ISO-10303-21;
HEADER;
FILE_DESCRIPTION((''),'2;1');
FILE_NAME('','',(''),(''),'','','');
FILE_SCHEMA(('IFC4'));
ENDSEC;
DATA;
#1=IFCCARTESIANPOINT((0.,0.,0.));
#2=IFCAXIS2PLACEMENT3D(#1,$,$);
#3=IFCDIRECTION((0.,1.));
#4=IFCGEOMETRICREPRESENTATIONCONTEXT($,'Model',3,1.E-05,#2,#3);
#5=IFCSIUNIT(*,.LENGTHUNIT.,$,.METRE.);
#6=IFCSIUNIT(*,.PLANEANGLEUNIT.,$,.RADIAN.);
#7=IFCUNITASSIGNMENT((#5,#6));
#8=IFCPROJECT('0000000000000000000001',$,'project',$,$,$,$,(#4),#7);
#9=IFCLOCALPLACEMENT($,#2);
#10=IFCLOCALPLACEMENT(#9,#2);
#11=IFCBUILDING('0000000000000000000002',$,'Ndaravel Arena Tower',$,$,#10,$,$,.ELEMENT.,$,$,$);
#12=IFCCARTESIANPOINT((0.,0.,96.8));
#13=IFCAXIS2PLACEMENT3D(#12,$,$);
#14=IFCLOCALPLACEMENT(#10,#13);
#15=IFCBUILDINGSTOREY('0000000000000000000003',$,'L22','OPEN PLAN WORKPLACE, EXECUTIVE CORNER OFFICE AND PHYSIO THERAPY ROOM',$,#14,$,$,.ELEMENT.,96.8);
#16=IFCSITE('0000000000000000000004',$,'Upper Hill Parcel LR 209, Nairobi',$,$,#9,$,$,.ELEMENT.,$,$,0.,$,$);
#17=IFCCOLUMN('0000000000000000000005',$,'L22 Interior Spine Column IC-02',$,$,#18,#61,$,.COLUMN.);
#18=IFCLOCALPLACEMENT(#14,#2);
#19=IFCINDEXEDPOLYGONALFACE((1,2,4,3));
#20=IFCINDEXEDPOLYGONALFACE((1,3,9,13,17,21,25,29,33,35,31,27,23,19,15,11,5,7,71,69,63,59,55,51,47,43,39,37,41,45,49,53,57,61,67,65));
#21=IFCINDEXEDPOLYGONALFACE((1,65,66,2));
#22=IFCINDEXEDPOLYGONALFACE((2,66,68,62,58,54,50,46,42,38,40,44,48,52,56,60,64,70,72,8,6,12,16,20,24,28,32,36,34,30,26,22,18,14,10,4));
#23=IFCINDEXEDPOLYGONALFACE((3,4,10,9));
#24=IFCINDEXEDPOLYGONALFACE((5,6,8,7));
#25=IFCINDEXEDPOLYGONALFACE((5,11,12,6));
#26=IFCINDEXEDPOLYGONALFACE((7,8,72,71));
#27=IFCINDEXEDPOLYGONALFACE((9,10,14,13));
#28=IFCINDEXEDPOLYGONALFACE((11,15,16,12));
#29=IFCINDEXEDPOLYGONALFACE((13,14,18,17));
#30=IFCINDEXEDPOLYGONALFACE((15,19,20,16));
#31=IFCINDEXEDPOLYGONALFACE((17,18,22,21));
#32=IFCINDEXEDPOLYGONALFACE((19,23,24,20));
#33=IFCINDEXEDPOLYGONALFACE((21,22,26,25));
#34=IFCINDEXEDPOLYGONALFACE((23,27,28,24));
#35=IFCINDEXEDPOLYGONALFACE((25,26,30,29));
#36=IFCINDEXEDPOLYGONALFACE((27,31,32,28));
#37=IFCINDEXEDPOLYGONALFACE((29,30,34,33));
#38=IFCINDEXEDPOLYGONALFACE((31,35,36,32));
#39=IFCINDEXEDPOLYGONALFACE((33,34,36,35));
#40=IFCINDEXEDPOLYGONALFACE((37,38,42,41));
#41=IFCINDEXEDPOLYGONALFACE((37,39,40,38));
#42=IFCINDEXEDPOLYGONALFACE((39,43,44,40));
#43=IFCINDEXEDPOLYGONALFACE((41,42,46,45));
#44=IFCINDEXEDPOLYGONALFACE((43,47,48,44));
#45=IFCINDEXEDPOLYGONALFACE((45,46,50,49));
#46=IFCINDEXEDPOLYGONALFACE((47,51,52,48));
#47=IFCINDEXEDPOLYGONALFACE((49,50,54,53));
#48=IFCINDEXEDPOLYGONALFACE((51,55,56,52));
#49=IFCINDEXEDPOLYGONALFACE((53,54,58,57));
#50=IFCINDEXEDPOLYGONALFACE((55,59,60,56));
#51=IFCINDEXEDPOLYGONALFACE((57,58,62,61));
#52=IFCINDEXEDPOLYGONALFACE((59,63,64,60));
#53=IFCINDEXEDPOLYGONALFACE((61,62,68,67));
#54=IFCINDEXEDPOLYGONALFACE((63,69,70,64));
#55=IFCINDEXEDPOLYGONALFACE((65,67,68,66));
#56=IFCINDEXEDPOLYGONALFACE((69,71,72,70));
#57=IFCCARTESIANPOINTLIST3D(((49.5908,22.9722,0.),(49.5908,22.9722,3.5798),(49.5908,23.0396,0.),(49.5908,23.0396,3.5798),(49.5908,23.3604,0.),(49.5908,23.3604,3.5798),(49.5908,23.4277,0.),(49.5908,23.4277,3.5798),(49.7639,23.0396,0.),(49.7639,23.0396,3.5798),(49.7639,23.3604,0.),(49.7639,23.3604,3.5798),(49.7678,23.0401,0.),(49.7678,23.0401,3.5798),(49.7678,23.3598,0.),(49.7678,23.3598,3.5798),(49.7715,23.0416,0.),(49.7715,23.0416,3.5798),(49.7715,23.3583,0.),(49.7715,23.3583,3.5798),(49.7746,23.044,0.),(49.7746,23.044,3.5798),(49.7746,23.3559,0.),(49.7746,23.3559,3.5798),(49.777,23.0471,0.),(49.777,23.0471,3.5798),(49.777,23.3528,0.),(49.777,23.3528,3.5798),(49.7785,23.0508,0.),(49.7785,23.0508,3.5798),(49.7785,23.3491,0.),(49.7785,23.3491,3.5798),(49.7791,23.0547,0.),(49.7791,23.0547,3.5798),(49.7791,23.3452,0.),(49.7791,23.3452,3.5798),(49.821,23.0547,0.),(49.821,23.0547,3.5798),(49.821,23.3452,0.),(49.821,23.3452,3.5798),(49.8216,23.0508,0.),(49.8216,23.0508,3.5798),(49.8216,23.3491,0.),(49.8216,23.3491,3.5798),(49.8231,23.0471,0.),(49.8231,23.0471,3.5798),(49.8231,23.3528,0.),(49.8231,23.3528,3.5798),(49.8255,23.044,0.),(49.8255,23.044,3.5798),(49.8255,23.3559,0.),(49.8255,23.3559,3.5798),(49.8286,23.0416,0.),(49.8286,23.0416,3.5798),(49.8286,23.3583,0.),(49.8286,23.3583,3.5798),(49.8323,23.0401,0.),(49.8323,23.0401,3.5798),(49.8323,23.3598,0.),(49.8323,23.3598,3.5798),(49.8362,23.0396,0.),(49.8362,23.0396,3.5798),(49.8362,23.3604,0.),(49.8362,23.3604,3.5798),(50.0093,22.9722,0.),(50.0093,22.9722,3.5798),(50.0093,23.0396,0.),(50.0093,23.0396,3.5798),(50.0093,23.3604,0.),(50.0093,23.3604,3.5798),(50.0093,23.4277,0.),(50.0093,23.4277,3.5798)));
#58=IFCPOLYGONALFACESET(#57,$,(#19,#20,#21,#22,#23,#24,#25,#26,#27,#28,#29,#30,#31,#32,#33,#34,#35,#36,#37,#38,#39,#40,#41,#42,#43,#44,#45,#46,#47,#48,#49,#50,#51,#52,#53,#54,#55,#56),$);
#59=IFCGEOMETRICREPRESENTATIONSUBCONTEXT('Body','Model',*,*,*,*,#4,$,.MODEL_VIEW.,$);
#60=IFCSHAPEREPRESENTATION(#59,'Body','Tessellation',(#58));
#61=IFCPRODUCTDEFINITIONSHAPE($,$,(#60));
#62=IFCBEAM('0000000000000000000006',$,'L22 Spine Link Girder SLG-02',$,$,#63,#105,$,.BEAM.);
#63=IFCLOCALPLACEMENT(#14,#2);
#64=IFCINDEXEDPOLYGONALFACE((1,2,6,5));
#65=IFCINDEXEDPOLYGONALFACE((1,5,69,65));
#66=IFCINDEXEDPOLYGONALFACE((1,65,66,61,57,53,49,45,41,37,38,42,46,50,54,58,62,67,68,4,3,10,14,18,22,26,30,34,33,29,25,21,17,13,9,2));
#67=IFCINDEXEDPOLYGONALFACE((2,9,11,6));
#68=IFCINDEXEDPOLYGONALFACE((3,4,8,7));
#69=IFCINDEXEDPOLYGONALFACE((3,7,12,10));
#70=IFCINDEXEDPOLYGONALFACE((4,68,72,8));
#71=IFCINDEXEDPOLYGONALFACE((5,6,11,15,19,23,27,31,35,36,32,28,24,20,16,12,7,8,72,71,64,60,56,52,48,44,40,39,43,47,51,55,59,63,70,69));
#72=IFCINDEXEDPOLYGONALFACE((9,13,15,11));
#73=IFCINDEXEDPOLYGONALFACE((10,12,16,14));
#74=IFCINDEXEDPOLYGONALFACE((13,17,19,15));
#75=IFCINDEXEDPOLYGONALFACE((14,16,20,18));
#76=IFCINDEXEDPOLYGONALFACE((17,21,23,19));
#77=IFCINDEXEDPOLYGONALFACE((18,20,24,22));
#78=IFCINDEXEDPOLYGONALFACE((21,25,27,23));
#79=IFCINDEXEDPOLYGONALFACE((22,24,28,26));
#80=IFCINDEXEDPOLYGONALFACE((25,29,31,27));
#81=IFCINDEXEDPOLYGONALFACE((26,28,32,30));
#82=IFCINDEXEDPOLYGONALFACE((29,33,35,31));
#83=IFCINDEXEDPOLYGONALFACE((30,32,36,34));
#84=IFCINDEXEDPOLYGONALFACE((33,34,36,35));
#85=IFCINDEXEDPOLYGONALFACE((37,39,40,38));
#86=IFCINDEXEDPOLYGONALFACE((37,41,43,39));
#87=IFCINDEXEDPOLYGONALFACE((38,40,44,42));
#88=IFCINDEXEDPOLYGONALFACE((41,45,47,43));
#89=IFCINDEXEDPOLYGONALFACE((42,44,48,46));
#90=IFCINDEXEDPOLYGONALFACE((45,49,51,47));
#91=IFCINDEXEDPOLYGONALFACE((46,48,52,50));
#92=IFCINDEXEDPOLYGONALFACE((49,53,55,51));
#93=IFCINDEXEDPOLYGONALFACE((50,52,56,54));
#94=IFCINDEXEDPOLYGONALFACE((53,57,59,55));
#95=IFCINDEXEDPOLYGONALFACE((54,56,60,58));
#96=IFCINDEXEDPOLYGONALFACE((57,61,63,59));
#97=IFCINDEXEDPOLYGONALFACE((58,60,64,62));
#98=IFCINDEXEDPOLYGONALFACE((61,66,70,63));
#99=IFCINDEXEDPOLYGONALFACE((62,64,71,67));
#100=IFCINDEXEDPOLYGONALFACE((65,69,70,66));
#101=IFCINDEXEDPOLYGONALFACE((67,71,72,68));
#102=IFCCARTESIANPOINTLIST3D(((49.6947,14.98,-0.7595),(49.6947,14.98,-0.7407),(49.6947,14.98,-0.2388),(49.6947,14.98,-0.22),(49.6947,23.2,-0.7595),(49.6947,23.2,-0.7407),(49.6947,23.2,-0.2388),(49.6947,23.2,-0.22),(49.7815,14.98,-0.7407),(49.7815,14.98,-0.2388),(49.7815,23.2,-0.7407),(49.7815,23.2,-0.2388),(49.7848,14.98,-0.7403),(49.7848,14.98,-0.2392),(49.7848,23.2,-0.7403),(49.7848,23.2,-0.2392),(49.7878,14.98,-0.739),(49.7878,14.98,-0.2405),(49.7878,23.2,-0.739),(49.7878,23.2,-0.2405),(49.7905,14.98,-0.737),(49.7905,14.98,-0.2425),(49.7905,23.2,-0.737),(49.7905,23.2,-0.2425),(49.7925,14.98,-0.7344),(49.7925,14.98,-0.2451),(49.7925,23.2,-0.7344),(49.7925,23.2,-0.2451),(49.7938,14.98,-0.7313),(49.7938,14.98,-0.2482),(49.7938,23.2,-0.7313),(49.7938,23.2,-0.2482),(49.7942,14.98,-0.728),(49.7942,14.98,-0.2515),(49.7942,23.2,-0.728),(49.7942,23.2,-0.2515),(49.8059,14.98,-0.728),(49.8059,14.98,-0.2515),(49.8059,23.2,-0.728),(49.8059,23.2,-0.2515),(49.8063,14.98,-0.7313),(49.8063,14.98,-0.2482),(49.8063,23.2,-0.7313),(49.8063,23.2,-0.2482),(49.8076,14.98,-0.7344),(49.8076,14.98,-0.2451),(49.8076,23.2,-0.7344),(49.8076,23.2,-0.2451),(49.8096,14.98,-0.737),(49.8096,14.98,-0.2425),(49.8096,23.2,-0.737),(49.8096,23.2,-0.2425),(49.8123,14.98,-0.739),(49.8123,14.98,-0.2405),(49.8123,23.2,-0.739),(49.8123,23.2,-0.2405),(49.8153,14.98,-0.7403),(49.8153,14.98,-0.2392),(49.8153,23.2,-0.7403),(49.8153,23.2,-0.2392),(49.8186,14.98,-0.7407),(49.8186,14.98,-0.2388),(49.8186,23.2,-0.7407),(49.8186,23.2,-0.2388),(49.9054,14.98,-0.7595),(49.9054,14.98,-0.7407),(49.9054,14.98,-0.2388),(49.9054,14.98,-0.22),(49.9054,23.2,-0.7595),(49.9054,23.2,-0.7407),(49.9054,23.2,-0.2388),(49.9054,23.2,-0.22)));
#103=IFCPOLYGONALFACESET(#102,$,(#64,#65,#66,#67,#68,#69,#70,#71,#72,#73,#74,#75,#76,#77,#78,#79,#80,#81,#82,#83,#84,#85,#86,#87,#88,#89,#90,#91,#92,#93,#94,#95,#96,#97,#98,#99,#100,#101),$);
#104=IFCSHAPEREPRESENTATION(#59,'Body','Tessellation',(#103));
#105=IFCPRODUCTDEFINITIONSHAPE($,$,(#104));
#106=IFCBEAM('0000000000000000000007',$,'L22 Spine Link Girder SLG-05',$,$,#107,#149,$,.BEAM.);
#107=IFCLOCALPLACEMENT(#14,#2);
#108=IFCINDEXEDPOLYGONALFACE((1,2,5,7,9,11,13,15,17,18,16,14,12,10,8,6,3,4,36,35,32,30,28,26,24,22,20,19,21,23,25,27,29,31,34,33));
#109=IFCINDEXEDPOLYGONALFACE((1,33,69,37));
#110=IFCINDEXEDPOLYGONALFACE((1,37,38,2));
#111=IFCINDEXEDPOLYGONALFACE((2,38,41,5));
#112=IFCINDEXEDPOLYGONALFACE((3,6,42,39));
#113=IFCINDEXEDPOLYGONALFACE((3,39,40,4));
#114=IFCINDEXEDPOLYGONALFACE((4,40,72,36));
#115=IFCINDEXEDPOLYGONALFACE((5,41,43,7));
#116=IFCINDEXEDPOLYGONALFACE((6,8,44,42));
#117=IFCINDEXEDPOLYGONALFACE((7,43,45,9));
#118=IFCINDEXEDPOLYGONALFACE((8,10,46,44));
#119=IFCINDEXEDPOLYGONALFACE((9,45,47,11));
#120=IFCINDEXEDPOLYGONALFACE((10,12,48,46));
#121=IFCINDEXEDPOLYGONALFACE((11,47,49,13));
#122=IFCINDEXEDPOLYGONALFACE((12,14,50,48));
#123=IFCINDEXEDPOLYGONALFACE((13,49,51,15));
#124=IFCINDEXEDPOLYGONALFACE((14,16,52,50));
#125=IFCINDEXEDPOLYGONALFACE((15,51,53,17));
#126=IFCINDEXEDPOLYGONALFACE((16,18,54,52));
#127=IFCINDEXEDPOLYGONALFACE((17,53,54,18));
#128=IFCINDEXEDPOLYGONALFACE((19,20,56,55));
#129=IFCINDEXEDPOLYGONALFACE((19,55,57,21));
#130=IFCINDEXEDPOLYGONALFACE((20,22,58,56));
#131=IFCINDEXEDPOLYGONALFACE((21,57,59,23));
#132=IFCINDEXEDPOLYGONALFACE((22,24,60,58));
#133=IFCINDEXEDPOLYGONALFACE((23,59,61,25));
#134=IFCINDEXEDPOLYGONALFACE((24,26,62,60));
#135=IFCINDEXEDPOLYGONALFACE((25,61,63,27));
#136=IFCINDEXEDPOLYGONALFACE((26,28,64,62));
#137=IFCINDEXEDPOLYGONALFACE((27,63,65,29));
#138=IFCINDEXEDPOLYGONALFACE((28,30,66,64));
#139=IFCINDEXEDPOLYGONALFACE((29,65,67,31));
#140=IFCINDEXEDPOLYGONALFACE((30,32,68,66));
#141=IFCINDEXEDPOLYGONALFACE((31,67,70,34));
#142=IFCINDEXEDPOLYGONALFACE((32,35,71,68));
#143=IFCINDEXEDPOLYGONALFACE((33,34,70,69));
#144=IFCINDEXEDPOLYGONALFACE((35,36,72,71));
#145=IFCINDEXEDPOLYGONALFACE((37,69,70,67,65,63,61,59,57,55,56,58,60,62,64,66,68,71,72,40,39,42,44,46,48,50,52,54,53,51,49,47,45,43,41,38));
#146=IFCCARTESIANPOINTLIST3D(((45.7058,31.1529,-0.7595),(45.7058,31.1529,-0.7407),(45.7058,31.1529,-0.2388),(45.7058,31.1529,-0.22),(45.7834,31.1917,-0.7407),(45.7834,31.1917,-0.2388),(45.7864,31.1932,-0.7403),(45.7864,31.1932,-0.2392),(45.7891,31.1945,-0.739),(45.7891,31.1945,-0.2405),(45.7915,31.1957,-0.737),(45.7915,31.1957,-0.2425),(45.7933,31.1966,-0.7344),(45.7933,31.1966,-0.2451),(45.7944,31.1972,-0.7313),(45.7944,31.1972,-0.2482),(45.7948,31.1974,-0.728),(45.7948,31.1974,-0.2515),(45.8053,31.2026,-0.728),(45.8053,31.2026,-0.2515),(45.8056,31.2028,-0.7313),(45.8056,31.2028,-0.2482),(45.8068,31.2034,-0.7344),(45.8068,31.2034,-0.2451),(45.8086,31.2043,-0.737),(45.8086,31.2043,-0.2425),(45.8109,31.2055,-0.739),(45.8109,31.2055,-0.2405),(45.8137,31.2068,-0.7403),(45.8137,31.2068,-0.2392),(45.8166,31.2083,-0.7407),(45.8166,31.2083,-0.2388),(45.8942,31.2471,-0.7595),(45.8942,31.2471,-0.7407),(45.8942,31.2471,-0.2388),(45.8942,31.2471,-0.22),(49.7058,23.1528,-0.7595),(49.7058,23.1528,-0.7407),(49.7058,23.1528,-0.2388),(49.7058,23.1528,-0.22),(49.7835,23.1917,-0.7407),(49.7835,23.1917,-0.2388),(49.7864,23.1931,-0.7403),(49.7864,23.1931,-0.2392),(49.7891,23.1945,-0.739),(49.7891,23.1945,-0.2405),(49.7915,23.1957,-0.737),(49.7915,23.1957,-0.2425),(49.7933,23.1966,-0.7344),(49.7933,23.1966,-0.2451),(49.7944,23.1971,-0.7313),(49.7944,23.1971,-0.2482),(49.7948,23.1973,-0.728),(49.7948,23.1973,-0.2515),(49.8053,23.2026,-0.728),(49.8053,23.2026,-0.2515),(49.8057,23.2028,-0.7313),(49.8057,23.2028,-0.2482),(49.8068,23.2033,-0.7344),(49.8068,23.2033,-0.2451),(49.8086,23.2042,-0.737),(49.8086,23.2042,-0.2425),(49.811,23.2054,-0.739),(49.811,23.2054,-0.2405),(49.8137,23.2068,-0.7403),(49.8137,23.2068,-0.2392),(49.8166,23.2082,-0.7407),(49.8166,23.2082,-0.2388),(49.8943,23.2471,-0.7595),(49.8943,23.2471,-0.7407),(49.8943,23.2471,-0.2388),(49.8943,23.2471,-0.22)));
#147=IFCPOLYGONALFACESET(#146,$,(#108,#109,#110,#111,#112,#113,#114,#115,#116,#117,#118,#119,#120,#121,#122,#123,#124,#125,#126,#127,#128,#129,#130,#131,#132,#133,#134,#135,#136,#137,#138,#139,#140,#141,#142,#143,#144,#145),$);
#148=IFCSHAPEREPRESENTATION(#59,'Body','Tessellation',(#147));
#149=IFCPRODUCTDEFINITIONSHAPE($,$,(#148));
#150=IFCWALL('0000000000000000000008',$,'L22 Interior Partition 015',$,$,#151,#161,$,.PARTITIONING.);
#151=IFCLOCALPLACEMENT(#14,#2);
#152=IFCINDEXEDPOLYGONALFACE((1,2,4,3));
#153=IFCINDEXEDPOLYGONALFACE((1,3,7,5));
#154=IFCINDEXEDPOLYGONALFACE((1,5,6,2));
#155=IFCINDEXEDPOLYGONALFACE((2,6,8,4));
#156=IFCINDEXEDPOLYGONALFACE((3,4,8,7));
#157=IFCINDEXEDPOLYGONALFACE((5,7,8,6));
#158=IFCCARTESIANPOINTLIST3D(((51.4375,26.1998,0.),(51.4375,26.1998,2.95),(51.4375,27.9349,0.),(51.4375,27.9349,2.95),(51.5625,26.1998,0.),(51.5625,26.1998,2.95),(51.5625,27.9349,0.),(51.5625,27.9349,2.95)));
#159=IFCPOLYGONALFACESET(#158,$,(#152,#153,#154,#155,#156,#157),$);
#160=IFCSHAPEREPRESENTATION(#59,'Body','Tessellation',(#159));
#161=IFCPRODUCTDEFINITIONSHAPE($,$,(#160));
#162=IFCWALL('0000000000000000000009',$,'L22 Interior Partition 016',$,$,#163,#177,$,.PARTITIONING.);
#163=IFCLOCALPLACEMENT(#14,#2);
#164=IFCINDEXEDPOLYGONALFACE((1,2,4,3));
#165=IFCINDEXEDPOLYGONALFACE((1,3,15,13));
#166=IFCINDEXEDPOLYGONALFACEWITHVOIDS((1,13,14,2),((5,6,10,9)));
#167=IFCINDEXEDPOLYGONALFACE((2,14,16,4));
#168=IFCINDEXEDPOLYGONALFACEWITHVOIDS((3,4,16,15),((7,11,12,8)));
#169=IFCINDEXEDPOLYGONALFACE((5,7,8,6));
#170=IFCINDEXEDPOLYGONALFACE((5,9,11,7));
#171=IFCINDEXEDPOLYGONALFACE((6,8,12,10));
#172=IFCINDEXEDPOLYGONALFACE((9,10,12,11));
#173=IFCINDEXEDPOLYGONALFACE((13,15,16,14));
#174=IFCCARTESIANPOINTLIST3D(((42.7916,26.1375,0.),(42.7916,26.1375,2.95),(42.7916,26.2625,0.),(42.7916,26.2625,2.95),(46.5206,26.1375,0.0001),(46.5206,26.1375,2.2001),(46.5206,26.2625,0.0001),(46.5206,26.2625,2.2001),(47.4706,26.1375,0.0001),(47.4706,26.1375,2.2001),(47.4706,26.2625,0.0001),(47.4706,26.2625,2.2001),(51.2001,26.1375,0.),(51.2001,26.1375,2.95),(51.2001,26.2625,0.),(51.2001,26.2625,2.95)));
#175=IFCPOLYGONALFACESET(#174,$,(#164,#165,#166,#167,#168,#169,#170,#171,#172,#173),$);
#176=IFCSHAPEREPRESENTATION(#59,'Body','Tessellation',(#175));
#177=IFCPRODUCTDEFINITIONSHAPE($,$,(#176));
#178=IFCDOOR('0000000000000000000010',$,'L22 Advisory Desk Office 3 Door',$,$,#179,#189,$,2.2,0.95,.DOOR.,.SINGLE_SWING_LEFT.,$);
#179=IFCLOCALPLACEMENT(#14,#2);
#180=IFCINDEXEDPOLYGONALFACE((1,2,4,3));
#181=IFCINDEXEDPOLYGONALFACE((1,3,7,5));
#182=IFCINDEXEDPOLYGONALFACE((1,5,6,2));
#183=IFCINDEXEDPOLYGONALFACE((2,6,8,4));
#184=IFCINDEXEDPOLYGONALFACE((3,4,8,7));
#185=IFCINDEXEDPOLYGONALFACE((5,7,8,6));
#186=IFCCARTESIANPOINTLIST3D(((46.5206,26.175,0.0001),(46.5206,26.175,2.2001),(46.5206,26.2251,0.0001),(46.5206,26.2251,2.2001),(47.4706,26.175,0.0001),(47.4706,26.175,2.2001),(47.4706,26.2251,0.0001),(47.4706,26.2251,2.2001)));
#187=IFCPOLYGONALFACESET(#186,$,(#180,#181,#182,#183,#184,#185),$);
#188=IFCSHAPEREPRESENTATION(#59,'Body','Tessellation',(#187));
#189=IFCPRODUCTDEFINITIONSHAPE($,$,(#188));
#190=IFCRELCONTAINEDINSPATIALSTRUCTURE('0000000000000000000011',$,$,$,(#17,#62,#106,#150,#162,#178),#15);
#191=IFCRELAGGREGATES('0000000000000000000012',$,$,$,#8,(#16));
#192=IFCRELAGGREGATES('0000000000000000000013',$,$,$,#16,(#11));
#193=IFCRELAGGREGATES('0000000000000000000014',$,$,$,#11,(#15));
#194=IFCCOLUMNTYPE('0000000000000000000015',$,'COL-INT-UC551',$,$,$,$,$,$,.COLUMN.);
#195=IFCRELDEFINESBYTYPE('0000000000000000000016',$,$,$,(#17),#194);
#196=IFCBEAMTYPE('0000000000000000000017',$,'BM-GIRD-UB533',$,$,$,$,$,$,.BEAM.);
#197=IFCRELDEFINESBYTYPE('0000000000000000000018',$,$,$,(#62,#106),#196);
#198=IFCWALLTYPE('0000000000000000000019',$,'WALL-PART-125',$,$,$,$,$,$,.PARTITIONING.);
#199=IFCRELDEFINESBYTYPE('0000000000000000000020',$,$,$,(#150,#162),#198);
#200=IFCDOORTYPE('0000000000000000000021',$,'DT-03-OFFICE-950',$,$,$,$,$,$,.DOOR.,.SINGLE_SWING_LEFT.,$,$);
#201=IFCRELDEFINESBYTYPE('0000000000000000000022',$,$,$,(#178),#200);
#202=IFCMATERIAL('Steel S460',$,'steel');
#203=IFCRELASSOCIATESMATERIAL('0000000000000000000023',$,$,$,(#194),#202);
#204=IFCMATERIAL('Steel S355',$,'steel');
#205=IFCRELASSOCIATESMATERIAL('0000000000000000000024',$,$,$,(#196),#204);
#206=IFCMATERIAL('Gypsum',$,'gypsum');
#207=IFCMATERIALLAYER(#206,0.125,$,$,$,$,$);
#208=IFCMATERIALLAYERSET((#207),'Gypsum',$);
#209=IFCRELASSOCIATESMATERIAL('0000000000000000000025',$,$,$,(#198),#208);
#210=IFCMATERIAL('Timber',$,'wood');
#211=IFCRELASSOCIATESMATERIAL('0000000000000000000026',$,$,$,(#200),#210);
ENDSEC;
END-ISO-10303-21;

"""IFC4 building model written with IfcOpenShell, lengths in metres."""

from ifc_helpers import new_model, si_unit, direction, frame, frame_2d, origin, origin_2d, place, context, subcontext, project, spatial, rectangle, i_section, extrude, material, layer, layer_set, material_profile, profile_set, type_object, element, fill, save


model = new_model("IFC4")

# Units and contexts
model_context = context("Model", 3, precision=1e-05, world=origin(), true_north=direction((0.0, 1.0)))
body_context = subcontext(model_context, "Body", "Model", "MODEL_VIEW")
ifc_project = project(units=[si_unit("LENGTHUNIT", "METRE"), si_unit("PLANEANGLEUNIT", "RADIAN")], contexts=[model_context])

# Site, building, storey
site_placement = place(None, origin())
site = spatial("IfcSite", under=ifc_project, at=site_placement, Name="Upper Hill Parcel LR 209, Nairobi", CompositionType="ELEMENT", RefElevation=0.0)
building_placement = place(site_placement, origin())
building = spatial("IfcBuilding", under=site, at=building_placement, Name="Ndaravel Arena Tower", CompositionType="ELEMENT")
storey_placement = place(building_placement, frame((0.0, 0.0, 96.8)))
storey = spatial("IfcBuildingStorey", under=building, at=storey_placement, Name="L22", Description="OPEN PLAN WORKPLACE, EXECUTIVE CORNER OFFICE AND PHYSIO THERAPY ROOM", CompositionType="ELEMENT", Elevation=96.8)

# Column
ifc_material_1 = material(Name="Steel S460", Category="steel")
ifc_material_profile_1 = material_profile(ifc_material_1, i_section(OverallWidth=0.4185, OverallDepth=0.4556, WebThickness=0.042, FlangeThickness=0.0674, FilletRadius=0.0151, at=origin_2d()), Name="UC 356x406x551")
ifc_profile_set_1 = profile_set([ifc_material_profile_1], Name="Steel S460")
column_type = type_object("IfcColumnType", Name="COL-INT-UC551", PredefinedType="COLUMN", material=ifc_profile_set_1)
column_placement = place(storey_placement, frame((49.8, 23.2, 0.0), z_axis=(0.0, 0.0, 1.0), x_axis=(1.0, 0.0, 0.0)))
element("IfcColumn", 1, at=column_placement, inside=storey, type_object=column_type, Name="L22 Interior Spine Column IC-02", PredefinedType="COLUMN", context=body_context, shape_type="SweptSolid", body=[
    extrude(i_section(OverallWidth=0.4185, OverallDepth=0.4556, WebThickness=0.042, FlangeThickness=0.0674, FilletRadius=0.0151, at=origin_2d()), origin(), (0.0, 0.0, 1.0), 3.5798),
])

# Beams
ifc_material_2 = material(Name="Steel S355", Category="steel")
ifc_material_profile_2 = material_profile(ifc_material_2, i_section(OverallWidth=0.2107, OverallDepth=0.5396, WebThickness=0.0117, FlangeThickness=0.0188, FilletRadius=0.0127, at=origin_2d()), Name="UB 533x210x109")
ifc_profile_set_2 = profile_set([ifc_material_profile_2], Name="Steel S355")
beam_type = type_object("IfcBeamType", Name="BM-GIRD-UB533", PredefinedType="BEAM", material=ifc_profile_set_2)
beam_1_placement = place(storey_placement, frame((49.8, 14.98, -0.4897), z_axis=(0.0, 1.0, 0.0), x_axis=(-1.0, 0.0, 0.0)))
element("IfcBeam", 2, at=beam_1_placement, inside=storey, type_object=beam_type, Name="L22 Spine Link Girder SLG-02", PredefinedType="BEAM", context=body_context, shape_type="SweptSolid", body=[
    extrude(i_section(OverallWidth=0.2107, OverallDepth=0.5396, WebThickness=0.0117, FlangeThickness=0.0188, FilletRadius=0.0127, at=origin_2d()), origin(), (0.0, 0.0, 1.0), 8.22),
])
beam_2_placement = place(storey_placement, frame((49.8, 23.2, -0.4897), z_axis=(-0.447214, 0.894427, 0.0), x_axis=(-0.894427, -0.447214, 0.0)))
element("IfcBeam", 3, at=beam_2_placement, inside=storey, type_object=beam_type, Name="L22 Spine Link Girder SLG-05", PredefinedType="BEAM", context=body_context, shape_type="SweptSolid", body=[
    extrude(i_section(OverallWidth=0.2107, OverallDepth=0.5396, WebThickness=0.0117, FlangeThickness=0.0188, FilletRadius=0.0127, at=origin_2d()), origin(), (0.0, 0.0, 1.0), 8.9443),
])

# Wall
ifc_material_3 = material(Name="Gypsum", Category="gypsum")
ifc_layer_1 = layer(ifc_material_3, 0.125)
ifc_layer_set_1 = layer_set([ifc_layer_1], Name="Gypsum")
wall_type_1 = type_object("IfcWallType", Name="WALL-PART-125", PredefinedType="PARTITIONING", material=ifc_layer_set_1)
wall_1_placement = place(storey_placement, frame((51.5, 27.9351, 0.0), z_axis=(0.0, 0.0, 1.0), x_axis=(0.0, -1.0, 0.0)))
element("IfcWall", 4, at=wall_1_placement, inside=storey, type_object=wall_type_1, Name="L22 Interior Partition 015", PredefinedType="PARTITIONING", context=body_context, shape_type="SweptSolid", body=[
    extrude(rectangle(XDim=1.7351, YDim=0.125, at=frame_2d((0.8677, 0.0))), origin(), (0.0, 0.0, 1.0), 2.95),
])

# Wall, opening, door
wall_2_placement = place(storey_placement, frame((51.2, 26.2, 0.0), z_axis=(0.0, 0.0, 1.0), x_axis=(-1.0, 0.0, 0.0)))
wall_2 = element("IfcWall", 5, at=wall_2_placement, inside=storey, type_object=wall_type_1, Name="L22 Interior Partition 016", PredefinedType="PARTITIONING", context=body_context, shape_type="SweptSolid", body=[
    extrude(rectangle(XDim=8.4084, YDim=0.125, at=frame_2d((4.2041, 0.0))), origin(), (0.0, 0.0, 1.0), 2.95),
])
opening_1_placement = place(wall_2_placement, frame((3.7292, 0.0, 0.0)))
opening_1 = element("IfcOpeningElement", 6, at=opening_1_placement, cuts=wall_2, PredefinedType="OPENING", context=body_context, shape_type="SweptSolid", body=[
    extrude(rectangle(XDim=0.95, YDim=2.2, at=frame_2d((0.4751, 1.1001))), frame((0.0, 0.0625, 0.0), z_axis=(0.0, -1.0, 0.0), x_axis=(1.0, 0.0, 0.0)), (0.0, 0.0, 1.0), 0.125),
])
ifc_material_4 = material(Name="Timber", Category="wood")
door_type_1 = type_object("IfcDoorType", Name="DT-03-OFFICE-950", OperationType="SINGLE_SWING_LEFT", PredefinedType="DOOR", material=ifc_material_4)
door_1_placement = place(opening_1_placement, origin())
door_1 = element("IfcDoor", 7, at=door_1_placement, inside=storey, type_object=door_type_1, Name="L22 Advisory Desk Office 3 Door", OperationType="SINGLE_SWING_LEFT", OverallHeight=2.2, OverallWidth=0.95, PredefinedType="DOOR", context=body_context, shape_type="SweptSolid", body=[
    extrude(rectangle(XDim=0.95, YDim=2.2, at=frame_2d((0.4751, 1.1001))), frame((0.0, 0.0249, 0.0), z_axis=(0.0, -1.0, 0.0), x_axis=(1.0, 0.0, 0.0)), (0.0, 0.0, 1.0), 0.05),
])
fill(opening_1, door_1)

save(model, "model.ifc")
